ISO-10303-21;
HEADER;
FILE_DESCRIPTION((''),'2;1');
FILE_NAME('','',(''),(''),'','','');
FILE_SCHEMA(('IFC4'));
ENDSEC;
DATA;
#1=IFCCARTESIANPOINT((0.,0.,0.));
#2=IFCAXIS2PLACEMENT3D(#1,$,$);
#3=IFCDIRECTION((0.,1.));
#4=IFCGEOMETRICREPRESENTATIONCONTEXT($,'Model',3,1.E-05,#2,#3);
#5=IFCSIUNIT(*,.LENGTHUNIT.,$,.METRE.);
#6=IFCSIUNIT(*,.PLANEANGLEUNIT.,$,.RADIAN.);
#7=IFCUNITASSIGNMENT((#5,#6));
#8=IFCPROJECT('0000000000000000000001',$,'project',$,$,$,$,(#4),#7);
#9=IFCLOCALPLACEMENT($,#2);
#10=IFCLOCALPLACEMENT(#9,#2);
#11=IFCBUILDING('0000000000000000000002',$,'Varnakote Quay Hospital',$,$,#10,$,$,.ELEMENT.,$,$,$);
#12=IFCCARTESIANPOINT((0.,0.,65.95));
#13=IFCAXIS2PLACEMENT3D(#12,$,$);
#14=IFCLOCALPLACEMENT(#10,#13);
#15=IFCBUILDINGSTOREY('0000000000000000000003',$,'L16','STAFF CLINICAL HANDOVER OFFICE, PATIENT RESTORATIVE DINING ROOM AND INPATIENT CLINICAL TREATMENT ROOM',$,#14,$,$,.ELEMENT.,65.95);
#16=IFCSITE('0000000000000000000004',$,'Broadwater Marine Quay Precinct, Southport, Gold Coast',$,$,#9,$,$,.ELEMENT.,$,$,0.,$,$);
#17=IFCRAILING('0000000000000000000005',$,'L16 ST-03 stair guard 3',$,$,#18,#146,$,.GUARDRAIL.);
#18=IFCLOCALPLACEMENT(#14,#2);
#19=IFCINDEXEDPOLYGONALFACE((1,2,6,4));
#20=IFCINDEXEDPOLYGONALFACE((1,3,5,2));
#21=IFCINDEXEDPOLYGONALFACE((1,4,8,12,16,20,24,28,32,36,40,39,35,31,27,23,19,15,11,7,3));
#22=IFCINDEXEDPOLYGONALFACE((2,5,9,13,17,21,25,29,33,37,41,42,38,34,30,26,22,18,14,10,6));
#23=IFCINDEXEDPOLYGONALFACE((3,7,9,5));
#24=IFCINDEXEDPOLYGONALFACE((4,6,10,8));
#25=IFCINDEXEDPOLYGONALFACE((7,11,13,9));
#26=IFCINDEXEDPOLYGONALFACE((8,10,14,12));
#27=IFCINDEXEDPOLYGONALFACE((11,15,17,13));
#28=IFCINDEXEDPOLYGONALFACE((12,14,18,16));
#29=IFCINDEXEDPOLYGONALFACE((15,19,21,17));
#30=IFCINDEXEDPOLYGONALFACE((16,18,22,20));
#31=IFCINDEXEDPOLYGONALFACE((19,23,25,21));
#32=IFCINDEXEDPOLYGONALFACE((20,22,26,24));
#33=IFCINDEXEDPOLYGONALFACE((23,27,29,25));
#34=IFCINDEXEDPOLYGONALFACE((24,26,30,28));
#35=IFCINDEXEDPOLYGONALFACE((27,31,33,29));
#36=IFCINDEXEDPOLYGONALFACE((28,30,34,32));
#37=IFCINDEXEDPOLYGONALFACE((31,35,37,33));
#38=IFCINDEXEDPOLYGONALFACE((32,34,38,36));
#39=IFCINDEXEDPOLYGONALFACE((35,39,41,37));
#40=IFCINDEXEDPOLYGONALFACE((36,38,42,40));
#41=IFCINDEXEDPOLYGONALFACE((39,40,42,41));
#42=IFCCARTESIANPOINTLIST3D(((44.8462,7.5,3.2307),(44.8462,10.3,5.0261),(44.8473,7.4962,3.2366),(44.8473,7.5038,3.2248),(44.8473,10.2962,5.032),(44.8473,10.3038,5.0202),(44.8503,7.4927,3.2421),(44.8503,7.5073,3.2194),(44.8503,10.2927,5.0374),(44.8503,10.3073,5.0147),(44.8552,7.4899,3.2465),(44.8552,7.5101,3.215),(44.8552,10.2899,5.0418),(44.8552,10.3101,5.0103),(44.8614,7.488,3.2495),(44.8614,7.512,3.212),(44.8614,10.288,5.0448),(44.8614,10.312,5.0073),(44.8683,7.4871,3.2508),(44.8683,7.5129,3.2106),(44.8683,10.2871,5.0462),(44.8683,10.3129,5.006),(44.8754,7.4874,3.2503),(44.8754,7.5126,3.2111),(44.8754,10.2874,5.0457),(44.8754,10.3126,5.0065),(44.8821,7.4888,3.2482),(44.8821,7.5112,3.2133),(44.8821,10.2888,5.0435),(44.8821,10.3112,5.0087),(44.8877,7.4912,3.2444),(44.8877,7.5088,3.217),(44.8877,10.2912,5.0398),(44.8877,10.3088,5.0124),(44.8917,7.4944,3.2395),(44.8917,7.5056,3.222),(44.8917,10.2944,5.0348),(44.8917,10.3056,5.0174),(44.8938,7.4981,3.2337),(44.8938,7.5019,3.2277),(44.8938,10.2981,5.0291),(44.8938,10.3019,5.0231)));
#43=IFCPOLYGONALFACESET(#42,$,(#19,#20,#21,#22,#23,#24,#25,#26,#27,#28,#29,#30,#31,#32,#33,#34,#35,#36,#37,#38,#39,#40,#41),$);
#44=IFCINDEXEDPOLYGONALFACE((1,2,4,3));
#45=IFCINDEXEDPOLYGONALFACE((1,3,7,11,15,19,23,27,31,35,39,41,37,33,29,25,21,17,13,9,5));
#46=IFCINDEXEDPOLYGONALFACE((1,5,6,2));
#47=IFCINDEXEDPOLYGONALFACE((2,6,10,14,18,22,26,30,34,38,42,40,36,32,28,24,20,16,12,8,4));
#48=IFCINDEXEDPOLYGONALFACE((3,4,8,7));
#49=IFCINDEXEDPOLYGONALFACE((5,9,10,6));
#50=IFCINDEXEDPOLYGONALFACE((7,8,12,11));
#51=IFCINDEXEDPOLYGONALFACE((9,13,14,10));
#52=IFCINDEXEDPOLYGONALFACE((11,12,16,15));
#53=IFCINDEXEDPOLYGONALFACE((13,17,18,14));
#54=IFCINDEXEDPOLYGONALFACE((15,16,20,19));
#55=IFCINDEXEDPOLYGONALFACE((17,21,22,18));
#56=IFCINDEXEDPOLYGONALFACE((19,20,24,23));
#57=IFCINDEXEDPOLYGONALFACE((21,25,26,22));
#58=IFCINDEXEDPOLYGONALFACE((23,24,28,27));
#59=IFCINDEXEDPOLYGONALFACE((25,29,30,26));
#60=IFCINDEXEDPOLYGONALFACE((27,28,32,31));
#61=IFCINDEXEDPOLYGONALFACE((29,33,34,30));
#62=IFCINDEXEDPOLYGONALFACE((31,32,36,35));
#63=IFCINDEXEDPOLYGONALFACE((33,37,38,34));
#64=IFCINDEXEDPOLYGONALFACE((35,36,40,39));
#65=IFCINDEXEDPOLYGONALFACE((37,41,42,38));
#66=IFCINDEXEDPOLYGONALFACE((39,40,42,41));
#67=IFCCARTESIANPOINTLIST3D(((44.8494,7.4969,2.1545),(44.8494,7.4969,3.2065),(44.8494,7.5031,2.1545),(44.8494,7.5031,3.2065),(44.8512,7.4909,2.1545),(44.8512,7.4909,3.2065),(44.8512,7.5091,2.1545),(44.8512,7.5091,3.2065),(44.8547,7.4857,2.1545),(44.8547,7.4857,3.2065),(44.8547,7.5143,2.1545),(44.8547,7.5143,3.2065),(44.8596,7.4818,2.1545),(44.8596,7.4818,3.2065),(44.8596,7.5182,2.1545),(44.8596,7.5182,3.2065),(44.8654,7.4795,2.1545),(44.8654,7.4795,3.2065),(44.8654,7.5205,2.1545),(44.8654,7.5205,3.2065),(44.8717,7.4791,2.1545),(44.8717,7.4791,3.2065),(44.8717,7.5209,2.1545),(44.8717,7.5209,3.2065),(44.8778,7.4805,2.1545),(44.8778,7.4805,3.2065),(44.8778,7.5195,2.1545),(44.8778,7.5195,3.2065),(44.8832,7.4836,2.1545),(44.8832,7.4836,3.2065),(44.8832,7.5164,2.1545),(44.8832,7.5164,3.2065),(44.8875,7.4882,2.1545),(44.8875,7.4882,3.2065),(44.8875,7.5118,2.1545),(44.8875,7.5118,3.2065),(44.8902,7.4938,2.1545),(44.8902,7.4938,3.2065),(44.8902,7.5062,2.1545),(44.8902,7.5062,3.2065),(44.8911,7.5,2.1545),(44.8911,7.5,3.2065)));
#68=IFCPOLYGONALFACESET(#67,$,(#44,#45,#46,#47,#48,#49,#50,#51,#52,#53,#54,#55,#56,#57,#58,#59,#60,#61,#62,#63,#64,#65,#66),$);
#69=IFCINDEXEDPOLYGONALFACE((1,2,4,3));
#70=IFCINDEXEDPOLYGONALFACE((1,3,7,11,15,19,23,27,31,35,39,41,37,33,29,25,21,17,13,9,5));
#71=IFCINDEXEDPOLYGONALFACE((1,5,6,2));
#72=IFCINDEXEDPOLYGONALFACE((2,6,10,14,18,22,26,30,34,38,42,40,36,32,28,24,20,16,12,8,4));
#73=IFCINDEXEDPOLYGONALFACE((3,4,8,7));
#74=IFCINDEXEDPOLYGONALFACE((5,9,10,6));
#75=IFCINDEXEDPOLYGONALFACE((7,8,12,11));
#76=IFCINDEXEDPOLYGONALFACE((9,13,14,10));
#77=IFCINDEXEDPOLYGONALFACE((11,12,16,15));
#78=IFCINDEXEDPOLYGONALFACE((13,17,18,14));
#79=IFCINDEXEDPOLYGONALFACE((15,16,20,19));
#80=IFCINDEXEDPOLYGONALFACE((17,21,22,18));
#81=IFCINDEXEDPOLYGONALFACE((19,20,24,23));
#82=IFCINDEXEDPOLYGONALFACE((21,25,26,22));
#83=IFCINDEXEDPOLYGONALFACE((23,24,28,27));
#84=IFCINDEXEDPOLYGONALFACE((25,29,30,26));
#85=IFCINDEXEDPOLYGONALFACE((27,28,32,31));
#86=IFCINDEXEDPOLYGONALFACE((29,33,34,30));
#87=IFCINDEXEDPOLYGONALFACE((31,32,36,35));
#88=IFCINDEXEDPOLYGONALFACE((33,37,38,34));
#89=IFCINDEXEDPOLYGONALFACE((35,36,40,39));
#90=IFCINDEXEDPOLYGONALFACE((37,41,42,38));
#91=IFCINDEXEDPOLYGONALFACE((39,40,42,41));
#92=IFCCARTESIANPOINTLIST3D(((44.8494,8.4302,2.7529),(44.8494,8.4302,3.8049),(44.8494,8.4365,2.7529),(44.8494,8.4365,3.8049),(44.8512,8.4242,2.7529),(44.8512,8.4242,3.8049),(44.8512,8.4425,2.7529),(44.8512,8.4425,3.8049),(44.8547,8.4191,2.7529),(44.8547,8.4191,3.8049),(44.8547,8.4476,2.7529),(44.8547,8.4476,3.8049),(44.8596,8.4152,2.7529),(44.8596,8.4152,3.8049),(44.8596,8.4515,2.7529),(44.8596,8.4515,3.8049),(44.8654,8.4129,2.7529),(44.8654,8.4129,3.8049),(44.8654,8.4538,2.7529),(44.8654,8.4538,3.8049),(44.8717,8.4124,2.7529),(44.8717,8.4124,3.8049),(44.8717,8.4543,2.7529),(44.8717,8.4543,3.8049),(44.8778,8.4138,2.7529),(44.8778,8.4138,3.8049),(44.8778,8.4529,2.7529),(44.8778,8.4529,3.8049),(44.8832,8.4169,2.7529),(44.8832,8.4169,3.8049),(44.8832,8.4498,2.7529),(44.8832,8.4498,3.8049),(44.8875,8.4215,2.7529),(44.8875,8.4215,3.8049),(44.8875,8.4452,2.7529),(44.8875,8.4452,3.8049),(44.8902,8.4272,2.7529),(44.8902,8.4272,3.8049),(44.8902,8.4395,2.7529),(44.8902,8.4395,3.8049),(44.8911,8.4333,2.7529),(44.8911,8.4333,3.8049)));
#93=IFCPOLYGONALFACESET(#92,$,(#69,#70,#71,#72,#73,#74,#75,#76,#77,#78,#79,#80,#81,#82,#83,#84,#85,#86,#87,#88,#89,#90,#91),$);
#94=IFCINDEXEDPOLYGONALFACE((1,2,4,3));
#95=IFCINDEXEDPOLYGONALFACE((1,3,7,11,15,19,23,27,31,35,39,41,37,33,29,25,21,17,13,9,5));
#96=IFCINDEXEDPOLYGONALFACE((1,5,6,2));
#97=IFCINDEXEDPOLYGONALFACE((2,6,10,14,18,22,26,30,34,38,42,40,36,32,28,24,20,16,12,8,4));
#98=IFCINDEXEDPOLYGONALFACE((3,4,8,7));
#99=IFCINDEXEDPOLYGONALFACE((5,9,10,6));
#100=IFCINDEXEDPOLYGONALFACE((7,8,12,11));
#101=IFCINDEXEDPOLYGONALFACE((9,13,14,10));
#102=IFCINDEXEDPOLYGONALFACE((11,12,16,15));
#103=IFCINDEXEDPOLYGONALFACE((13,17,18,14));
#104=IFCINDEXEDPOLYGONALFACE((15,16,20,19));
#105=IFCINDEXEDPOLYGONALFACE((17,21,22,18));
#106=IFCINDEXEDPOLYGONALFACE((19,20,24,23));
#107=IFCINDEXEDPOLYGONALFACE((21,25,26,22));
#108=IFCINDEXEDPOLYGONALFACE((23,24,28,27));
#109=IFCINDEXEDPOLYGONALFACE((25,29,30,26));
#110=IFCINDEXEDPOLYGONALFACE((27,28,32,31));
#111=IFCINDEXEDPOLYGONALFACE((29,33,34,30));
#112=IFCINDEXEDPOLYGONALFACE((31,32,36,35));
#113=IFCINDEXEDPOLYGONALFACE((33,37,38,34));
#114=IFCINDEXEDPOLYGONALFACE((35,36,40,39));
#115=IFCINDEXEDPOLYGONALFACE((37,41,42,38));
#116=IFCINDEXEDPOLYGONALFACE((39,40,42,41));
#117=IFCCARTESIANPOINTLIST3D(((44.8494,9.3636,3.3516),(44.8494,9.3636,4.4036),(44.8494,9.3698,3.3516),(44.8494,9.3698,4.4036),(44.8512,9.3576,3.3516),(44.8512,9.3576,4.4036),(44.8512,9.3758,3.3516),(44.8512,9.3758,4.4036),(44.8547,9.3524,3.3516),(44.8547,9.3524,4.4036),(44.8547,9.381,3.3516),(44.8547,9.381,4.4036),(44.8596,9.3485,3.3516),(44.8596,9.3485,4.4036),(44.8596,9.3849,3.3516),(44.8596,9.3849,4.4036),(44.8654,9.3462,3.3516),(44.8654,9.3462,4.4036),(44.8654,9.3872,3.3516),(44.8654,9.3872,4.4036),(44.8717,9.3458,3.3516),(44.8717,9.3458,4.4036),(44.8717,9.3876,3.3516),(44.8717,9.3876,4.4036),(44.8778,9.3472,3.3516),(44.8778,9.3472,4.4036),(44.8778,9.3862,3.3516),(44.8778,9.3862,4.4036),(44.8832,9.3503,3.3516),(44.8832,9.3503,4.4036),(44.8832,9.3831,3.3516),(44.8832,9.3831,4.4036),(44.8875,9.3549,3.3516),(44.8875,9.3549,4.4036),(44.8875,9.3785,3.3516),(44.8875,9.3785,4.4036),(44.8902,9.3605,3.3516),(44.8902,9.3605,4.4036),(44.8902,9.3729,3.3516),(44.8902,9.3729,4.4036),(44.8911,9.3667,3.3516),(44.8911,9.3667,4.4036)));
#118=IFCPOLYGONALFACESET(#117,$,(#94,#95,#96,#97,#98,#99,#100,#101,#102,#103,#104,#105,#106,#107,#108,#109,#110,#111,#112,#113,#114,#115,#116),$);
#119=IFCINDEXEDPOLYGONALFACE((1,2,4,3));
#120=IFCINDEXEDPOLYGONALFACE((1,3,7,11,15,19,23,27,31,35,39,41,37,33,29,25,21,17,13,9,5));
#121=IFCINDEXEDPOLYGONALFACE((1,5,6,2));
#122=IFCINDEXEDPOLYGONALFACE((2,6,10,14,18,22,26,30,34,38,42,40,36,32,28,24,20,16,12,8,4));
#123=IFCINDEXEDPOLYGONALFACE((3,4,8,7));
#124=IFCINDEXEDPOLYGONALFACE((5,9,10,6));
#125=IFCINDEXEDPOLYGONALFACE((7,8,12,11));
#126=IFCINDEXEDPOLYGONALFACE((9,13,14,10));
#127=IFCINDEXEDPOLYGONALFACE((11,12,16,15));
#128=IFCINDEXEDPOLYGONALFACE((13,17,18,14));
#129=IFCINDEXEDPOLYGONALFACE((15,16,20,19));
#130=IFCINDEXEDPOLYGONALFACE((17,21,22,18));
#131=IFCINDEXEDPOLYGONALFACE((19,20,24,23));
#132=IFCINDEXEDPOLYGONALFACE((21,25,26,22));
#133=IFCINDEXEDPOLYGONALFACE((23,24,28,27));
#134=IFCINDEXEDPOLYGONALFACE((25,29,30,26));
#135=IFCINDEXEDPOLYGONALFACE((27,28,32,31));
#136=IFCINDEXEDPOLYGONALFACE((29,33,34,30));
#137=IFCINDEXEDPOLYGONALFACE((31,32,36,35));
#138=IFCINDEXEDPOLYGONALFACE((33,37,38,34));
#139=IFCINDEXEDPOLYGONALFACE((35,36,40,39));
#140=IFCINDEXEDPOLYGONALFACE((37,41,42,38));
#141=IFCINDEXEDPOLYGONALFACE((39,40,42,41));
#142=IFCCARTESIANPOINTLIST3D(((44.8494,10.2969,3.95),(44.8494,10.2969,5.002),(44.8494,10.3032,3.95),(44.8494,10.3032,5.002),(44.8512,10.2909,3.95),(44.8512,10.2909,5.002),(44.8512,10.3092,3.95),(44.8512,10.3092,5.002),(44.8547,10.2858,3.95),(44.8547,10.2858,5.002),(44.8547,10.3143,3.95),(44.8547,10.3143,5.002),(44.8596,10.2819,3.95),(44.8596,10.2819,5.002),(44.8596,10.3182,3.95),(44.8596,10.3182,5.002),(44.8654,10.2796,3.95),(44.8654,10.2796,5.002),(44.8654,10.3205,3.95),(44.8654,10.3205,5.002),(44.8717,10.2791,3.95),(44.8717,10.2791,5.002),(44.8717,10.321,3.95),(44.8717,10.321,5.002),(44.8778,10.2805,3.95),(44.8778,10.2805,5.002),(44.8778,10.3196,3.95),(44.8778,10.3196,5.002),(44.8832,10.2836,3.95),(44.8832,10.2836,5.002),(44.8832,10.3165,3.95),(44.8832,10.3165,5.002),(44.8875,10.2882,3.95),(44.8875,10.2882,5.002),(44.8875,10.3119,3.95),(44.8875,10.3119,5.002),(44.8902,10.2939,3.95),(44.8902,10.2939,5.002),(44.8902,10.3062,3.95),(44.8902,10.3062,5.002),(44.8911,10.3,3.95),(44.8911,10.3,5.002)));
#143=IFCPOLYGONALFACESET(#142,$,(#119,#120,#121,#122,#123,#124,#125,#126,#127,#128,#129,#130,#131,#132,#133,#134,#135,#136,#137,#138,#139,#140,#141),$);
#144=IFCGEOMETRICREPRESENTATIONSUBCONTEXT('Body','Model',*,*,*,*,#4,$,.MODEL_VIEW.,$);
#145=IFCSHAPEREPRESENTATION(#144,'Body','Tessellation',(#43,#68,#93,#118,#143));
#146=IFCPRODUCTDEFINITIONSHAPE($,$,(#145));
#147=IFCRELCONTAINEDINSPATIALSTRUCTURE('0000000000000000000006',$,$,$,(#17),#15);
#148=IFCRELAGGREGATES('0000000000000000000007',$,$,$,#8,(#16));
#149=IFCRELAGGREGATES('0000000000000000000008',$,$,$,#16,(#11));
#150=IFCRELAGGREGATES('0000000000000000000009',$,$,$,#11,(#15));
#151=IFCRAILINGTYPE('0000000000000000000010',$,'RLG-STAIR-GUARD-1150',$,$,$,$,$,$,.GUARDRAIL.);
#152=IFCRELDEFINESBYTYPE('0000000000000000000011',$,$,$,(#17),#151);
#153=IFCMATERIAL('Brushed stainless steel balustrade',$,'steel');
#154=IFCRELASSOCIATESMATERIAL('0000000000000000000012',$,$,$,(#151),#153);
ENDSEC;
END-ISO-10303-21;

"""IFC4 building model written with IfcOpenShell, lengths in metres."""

from ifc_helpers import new_model, si_unit, direction, frame, origin, origin_2d, place, context, subcontext, project, spatial, circle, extrude, material, type_object, element, save


model = new_model("IFC4")

# Units and contexts
model_context = context("Model", 3, precision=1e-05, world=origin(), true_north=direction((0.0, 1.0)))
body_context = subcontext(model_context, "Body", "Model", "MODEL_VIEW")
ifc_project = project(units=[si_unit("LENGTHUNIT", "METRE"), si_unit("PLANEANGLEUNIT", "RADIAN")], contexts=[model_context])

# Site, building, storey
site_placement = place(None, origin())
site = spatial("IfcSite", under=ifc_project, at=site_placement, Name="Broadwater Marine Quay Precinct, Southport, Gold Coast", CompositionType="ELEMENT", RefElevation=0.0)
building_placement = place(site_placement, origin())
building = spatial("IfcBuilding", under=site, at=building_placement, Name="Varnakote Quay Hospital", CompositionType="ELEMENT")
storey_placement = place(building_placement, frame((0.0, 0.0, 65.95)))
storey = spatial("IfcBuildingStorey", under=building, at=storey_placement, Name="L16", Description="STAFF CLINICAL HANDOVER OFFICE, PATIENT RESTORATIVE DINING ROOM AND INPATIENT CLINICAL TREATMENT ROOM", CompositionType="ELEMENT", Elevation=65.95)

# Railing
ifc_material_1 = material(Name="Brushed stainless steel balustrade", Category="steel")
railing_type_1 = type_object("IfcRailingType", Name="RLG-STAIR-GUARD-1150", PredefinedType="GUARDRAIL", material=ifc_material_1)
railing_1_placement = place(storey_placement, frame((44.8701, 7.5, 2.1545)))
element("IfcRailing", 1, at=railing_1_placement, inside=storey, type_object=railing_type_1, Name="L16 ST-03 stair guard 3", PredefinedType="GUARDRAIL", context=body_context, shape_type="SweptSolid", body=[
    extrude(circle(Radius=0.0239, at=origin_2d()), frame((0.0, 0.0, 1.0762), z_axis=(0.0, 0.84181, 0.539774), x_axis=(-1.0, 0.0, 0.0)), (0.0, 0.0, 1.0), 3.3262),
    extrude(circle(Radius=0.021, at=origin_2d()), origin(), (0.0, 0.0, 1.0), 1.052),
    extrude(circle(Radius=0.021, at=origin_2d()), frame((0.0, 0.9333, 0.5984)), (0.0, 0.0, 1.0), 1.052),
    extrude(circle(Radius=0.021, at=origin_2d()), frame((0.0, 1.8667, 1.197)), (0.0, 0.0, 1.0), 1.052),
    extrude(circle(Radius=0.021, at=origin_2d()), frame((0.0, 2.8, 1.7954)), (0.0, 0.0, 1.0), 1.052),
])

save(model, "model.ifc")
